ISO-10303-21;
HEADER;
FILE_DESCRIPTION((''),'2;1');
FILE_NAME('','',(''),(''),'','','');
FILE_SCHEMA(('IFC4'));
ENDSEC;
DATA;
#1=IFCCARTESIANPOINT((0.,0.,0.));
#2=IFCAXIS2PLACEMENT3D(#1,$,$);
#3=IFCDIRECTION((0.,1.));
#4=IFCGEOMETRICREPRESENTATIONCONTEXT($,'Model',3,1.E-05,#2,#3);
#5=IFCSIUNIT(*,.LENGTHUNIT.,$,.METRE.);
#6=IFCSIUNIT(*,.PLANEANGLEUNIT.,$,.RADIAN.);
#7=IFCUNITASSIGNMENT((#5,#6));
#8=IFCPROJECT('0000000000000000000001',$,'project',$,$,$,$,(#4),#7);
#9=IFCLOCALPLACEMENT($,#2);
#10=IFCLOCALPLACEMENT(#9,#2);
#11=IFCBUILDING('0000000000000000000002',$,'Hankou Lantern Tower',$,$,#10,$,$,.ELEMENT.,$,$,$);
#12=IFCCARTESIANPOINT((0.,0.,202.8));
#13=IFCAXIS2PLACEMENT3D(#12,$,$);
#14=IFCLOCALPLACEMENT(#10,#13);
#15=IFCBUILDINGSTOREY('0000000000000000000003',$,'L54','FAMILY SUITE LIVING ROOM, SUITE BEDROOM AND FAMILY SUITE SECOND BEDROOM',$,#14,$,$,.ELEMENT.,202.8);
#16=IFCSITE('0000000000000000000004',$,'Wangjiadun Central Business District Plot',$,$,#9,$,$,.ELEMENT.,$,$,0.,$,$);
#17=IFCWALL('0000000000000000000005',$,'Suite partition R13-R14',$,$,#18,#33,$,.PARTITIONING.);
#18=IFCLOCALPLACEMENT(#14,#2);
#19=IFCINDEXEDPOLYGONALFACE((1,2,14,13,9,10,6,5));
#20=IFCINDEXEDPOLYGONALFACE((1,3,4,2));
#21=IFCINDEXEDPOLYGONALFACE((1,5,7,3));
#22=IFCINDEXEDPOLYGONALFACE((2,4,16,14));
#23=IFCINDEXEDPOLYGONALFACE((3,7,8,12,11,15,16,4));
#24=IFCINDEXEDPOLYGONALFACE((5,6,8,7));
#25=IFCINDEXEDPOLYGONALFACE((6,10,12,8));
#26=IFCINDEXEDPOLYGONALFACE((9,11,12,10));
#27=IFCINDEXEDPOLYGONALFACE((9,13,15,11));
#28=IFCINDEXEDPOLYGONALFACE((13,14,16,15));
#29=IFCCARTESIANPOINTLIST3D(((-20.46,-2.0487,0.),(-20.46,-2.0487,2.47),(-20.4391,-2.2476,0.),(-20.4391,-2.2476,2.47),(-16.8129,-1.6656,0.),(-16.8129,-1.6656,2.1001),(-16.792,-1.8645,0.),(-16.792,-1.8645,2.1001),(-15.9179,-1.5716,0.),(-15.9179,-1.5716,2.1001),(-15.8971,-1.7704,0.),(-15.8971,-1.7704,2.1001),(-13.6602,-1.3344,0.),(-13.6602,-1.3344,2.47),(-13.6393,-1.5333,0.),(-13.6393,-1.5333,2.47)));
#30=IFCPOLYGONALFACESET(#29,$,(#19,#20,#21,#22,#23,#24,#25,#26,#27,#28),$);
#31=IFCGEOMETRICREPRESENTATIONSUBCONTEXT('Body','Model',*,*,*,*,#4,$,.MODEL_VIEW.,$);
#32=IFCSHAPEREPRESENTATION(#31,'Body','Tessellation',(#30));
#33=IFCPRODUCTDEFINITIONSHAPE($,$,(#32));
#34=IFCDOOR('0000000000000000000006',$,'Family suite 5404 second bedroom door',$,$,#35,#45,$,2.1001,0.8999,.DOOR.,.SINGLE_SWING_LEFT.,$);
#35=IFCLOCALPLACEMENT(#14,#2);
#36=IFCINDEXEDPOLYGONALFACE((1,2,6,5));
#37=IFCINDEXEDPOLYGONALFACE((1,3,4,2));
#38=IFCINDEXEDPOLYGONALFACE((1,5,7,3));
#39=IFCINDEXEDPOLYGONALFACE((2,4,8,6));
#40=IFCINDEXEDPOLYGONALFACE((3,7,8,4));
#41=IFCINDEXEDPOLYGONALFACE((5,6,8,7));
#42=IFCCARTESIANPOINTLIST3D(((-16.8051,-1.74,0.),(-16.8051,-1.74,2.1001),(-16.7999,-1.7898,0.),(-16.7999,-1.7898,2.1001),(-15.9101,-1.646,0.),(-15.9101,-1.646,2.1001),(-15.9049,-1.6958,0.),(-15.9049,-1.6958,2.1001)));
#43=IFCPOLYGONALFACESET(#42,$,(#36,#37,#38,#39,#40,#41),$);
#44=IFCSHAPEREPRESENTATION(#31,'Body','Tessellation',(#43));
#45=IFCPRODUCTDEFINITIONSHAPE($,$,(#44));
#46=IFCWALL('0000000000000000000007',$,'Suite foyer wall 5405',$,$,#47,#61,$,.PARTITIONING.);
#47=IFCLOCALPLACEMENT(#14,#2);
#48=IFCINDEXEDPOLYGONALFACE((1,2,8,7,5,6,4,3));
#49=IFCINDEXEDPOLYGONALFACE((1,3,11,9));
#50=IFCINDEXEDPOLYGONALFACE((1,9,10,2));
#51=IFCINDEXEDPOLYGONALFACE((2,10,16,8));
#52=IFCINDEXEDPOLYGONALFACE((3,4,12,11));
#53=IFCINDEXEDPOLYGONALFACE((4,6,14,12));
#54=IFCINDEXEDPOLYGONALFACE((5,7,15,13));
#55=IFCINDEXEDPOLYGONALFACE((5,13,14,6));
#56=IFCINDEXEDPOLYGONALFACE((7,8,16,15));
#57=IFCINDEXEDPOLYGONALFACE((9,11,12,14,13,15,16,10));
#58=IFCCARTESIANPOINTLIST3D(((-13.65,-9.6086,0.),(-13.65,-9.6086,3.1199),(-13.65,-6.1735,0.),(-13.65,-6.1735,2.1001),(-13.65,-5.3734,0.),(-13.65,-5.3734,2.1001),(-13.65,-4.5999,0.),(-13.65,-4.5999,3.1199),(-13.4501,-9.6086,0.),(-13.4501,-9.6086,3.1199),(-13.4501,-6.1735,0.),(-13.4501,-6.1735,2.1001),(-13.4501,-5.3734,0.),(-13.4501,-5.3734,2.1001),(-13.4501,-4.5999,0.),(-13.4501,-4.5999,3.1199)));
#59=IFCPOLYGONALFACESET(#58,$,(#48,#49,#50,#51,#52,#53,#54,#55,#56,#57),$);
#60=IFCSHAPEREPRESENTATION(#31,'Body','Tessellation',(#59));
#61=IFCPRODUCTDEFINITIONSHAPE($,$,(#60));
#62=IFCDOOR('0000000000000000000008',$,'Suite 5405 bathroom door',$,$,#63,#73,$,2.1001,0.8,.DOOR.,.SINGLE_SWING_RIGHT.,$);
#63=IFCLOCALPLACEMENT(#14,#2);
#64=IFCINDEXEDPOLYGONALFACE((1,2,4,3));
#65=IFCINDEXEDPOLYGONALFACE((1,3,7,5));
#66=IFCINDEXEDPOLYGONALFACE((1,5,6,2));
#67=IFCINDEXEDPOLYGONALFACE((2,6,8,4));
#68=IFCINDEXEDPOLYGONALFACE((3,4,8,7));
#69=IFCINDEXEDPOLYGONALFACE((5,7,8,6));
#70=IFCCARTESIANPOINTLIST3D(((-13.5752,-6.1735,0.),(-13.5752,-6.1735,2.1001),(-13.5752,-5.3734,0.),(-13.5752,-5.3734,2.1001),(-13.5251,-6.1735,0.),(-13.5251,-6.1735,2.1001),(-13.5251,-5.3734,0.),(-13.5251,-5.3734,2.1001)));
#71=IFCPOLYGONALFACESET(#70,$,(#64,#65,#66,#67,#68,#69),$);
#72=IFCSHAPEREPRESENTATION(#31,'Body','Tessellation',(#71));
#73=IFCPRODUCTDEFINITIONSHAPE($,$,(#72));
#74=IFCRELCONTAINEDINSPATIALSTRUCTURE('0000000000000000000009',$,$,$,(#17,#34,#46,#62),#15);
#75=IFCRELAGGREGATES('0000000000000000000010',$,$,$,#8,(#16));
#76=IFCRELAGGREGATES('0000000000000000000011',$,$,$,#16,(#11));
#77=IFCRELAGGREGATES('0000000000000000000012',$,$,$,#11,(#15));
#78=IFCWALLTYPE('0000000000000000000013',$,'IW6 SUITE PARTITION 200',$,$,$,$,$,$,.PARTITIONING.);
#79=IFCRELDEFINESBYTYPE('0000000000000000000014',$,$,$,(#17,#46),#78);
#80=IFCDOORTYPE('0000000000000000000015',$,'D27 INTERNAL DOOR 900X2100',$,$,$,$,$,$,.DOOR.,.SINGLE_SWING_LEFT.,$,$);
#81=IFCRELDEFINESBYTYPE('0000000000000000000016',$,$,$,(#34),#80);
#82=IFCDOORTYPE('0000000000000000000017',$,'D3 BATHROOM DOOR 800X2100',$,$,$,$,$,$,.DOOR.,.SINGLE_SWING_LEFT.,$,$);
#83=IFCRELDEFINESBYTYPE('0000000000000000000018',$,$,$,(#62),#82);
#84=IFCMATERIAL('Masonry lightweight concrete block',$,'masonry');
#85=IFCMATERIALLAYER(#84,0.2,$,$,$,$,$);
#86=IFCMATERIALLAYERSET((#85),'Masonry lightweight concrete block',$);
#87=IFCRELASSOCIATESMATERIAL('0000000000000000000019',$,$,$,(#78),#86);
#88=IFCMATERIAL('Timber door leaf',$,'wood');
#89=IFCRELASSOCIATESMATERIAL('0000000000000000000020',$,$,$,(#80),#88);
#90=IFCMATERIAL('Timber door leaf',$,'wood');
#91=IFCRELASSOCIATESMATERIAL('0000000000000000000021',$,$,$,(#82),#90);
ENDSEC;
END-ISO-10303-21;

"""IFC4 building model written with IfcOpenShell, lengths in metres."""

from ifc_helpers import new_model, si_unit, direction, frame, frame_2d, origin, place, context, subcontext, project, spatial, rectangle, extrude, material, layer, layer_set, type_object, element, fill, save


model = new_model("IFC4")

# Units and contexts
model_context = context("Model", 3, precision=1e-05, world=origin(), true_north=direction((0.0, 1.0)))
body_context = subcontext(model_context, "Body", "Model", "MODEL_VIEW")
ifc_project = project(units=[si_unit("LENGTHUNIT", "METRE"), si_unit("PLANEANGLEUNIT", "RADIAN")], contexts=[model_context])

# Site, building, storey
site_placement = place(None, origin())
site = spatial("IfcSite", under=ifc_project, at=site_placement, Name="Wangjiadun Central Business District Plot", CompositionType="ELEMENT", RefElevation=0.0)
building_placement = place(site_placement, origin())
building = spatial("IfcBuilding", under=site, at=building_placement, Name="Hankou Lantern Tower", CompositionType="ELEMENT")
storey_placement = place(building_placement, frame((0.0, 0.0, 202.8)))
storey = spatial("IfcBuildingStorey", under=building, at=storey_placement, Name="L54", Description="FAMILY SUITE LIVING ROOM, SUITE BEDROOM AND FAMILY SUITE SECOND BEDROOM", CompositionType="ELEMENT", Elevation=202.8)

# Walls, openings, doors
ifc_material_1 = material(Name="Masonry lightweight concrete block", Category="masonry")
ifc_layer_1 = layer(ifc_material_1, 0.2)
ifc_layer_set_1 = layer_set([ifc_layer_1], Name="Masonry lightweight concrete block")
wall_type_1 = type_object("IfcWallType", Name="IW6 SUITE PARTITION 200", PredefinedType="PARTITIONING", material=ifc_layer_set_1)
wall_1_placement = place(storey_placement, frame((-13.6499, -1.4338, 0.0), z_axis=(0.0, 0.0, 1.0), x_axis=(-0.994527, -0.10448, 0.0)))
wall_1 = element("IfcWall", 1, at=wall_1_placement, inside=storey, type_object=wall_type_1, Name="Suite partition R13-R14", PredefinedType="PARTITIONING", context=body_context, shape_type="SweptSolid", body=[
    extrude(rectangle(XDim=6.8372, YDim=0.2, at=frame_2d((3.4185, 0.0))), origin(), (0.0, 0.0, 1.0), 2.47),
])
opening_1_placement = place(wall_1_placement, frame((2.27, 0.0, 0.0)))
opening_1 = element("IfcOpeningElement", 2, at=opening_1_placement, cuts=wall_1, PredefinedType="OPENING", context=body_context, shape_type="SweptSolid", body=[
    extrude(rectangle(XDim=0.8999, YDim=2.1001, at=frame_2d((0.45, 1.05))), frame((0.0, 0.1099, 0.0), z_axis=(0.0, -1.0, 0.0), x_axis=(1.0, 0.0, 0.0)), (0.0, 0.0, 1.0), 0.22),
])
ifc_material_2 = material(Name="Timber door leaf", Category="wood")
door_type_1 = type_object("IfcDoorType", Name="D27 INTERNAL DOOR 900X2100", OperationType="SINGLE_SWING_LEFT", PredefinedType="DOOR", material=ifc_material_2)
door_1_placement = place(opening_1_placement, origin())
door_1 = element("IfcDoor", 3, at=door_1_placement, inside=storey, type_object=door_type_1, Name="Family suite 5404 second bedroom door", OperationType="SINGLE_SWING_LEFT", OverallHeight=2.1001, OverallWidth=0.8999, PredefinedType="DOOR", context=body_context, shape_type="SweptSolid", body=[
    extrude(rectangle(XDim=0.8999, YDim=2.1001, at=frame_2d((0.45, 1.05))), frame((0.0, 0.0249, 0.0), z_axis=(0.0, -1.0, 0.0), x_axis=(1.0, 0.0, 0.0)), (0.0, 0.0, 1.0), 0.05),
])
fill(opening_1, door_1)
wall_2_placement = place(storey_placement, frame((-13.55, -4.5999, 0.0), z_axis=(0.0, 0.0, 1.0), x_axis=(0.0, -1.0, 0.0)))
wall_2 = element("IfcWall", 4, at=wall_2_placement, inside=storey, type_object=wall_type_1, Name="Suite foyer wall 5405", PredefinedType="PARTITIONING", context=body_context, shape_type="SweptSolid", body=[
    extrude(rectangle(XDim=5.0088, YDim=0.2, at=frame_2d((2.5044, 0.0))), origin(), (0.0, 0.0, 1.0), 3.1199),
])
opening_2_placement = place(wall_2_placement, frame((0.7737, 0.0, 0.0)))
opening_2 = element("IfcOpeningElement", 5, at=opening_2_placement, cuts=wall_2, PredefinedType="OPENING", context=body_context, shape_type="SweptSolid", body=[
    extrude(rectangle(XDim=0.8, YDim=2.1001, at=frame_2d((0.3999, 1.05))), frame((0.0, 0.1099, 0.0), z_axis=(0.0, -1.0, 0.0), x_axis=(1.0, 0.0, 0.0)), (0.0, 0.0, 1.0), 0.22),
])
ifc_material_3 = material(Name="Timber door leaf", Category="wood")
door_type_2 = type_object("IfcDoorType", Name="D3 BATHROOM DOOR 800X2100", OperationType="SINGLE_SWING_LEFT", PredefinedType="DOOR", material=ifc_material_3)
door_2_placement = place(opening_2_placement, origin())
door_2 = element("IfcDoor", 6, at=door_2_placement, inside=storey, type_object=door_type_2, Name="Suite 5405 bathroom door", OperationType="SINGLE_SWING_RIGHT", OverallHeight=2.1001, OverallWidth=0.8, PredefinedType="DOOR", context=body_context, shape_type="SweptSolid", body=[
    extrude(rectangle(XDim=0.8, YDim=2.1001, at=frame_2d((0.3999, 1.05))), frame((0.0, 0.0249, 0.0), z_axis=(0.0, -1.0, 0.0), x_axis=(1.0, 0.0, 0.0)), (0.0, 0.0, 1.0), 0.05),
])
fill(opening_2, door_2)

save(model, "model.ifc")
